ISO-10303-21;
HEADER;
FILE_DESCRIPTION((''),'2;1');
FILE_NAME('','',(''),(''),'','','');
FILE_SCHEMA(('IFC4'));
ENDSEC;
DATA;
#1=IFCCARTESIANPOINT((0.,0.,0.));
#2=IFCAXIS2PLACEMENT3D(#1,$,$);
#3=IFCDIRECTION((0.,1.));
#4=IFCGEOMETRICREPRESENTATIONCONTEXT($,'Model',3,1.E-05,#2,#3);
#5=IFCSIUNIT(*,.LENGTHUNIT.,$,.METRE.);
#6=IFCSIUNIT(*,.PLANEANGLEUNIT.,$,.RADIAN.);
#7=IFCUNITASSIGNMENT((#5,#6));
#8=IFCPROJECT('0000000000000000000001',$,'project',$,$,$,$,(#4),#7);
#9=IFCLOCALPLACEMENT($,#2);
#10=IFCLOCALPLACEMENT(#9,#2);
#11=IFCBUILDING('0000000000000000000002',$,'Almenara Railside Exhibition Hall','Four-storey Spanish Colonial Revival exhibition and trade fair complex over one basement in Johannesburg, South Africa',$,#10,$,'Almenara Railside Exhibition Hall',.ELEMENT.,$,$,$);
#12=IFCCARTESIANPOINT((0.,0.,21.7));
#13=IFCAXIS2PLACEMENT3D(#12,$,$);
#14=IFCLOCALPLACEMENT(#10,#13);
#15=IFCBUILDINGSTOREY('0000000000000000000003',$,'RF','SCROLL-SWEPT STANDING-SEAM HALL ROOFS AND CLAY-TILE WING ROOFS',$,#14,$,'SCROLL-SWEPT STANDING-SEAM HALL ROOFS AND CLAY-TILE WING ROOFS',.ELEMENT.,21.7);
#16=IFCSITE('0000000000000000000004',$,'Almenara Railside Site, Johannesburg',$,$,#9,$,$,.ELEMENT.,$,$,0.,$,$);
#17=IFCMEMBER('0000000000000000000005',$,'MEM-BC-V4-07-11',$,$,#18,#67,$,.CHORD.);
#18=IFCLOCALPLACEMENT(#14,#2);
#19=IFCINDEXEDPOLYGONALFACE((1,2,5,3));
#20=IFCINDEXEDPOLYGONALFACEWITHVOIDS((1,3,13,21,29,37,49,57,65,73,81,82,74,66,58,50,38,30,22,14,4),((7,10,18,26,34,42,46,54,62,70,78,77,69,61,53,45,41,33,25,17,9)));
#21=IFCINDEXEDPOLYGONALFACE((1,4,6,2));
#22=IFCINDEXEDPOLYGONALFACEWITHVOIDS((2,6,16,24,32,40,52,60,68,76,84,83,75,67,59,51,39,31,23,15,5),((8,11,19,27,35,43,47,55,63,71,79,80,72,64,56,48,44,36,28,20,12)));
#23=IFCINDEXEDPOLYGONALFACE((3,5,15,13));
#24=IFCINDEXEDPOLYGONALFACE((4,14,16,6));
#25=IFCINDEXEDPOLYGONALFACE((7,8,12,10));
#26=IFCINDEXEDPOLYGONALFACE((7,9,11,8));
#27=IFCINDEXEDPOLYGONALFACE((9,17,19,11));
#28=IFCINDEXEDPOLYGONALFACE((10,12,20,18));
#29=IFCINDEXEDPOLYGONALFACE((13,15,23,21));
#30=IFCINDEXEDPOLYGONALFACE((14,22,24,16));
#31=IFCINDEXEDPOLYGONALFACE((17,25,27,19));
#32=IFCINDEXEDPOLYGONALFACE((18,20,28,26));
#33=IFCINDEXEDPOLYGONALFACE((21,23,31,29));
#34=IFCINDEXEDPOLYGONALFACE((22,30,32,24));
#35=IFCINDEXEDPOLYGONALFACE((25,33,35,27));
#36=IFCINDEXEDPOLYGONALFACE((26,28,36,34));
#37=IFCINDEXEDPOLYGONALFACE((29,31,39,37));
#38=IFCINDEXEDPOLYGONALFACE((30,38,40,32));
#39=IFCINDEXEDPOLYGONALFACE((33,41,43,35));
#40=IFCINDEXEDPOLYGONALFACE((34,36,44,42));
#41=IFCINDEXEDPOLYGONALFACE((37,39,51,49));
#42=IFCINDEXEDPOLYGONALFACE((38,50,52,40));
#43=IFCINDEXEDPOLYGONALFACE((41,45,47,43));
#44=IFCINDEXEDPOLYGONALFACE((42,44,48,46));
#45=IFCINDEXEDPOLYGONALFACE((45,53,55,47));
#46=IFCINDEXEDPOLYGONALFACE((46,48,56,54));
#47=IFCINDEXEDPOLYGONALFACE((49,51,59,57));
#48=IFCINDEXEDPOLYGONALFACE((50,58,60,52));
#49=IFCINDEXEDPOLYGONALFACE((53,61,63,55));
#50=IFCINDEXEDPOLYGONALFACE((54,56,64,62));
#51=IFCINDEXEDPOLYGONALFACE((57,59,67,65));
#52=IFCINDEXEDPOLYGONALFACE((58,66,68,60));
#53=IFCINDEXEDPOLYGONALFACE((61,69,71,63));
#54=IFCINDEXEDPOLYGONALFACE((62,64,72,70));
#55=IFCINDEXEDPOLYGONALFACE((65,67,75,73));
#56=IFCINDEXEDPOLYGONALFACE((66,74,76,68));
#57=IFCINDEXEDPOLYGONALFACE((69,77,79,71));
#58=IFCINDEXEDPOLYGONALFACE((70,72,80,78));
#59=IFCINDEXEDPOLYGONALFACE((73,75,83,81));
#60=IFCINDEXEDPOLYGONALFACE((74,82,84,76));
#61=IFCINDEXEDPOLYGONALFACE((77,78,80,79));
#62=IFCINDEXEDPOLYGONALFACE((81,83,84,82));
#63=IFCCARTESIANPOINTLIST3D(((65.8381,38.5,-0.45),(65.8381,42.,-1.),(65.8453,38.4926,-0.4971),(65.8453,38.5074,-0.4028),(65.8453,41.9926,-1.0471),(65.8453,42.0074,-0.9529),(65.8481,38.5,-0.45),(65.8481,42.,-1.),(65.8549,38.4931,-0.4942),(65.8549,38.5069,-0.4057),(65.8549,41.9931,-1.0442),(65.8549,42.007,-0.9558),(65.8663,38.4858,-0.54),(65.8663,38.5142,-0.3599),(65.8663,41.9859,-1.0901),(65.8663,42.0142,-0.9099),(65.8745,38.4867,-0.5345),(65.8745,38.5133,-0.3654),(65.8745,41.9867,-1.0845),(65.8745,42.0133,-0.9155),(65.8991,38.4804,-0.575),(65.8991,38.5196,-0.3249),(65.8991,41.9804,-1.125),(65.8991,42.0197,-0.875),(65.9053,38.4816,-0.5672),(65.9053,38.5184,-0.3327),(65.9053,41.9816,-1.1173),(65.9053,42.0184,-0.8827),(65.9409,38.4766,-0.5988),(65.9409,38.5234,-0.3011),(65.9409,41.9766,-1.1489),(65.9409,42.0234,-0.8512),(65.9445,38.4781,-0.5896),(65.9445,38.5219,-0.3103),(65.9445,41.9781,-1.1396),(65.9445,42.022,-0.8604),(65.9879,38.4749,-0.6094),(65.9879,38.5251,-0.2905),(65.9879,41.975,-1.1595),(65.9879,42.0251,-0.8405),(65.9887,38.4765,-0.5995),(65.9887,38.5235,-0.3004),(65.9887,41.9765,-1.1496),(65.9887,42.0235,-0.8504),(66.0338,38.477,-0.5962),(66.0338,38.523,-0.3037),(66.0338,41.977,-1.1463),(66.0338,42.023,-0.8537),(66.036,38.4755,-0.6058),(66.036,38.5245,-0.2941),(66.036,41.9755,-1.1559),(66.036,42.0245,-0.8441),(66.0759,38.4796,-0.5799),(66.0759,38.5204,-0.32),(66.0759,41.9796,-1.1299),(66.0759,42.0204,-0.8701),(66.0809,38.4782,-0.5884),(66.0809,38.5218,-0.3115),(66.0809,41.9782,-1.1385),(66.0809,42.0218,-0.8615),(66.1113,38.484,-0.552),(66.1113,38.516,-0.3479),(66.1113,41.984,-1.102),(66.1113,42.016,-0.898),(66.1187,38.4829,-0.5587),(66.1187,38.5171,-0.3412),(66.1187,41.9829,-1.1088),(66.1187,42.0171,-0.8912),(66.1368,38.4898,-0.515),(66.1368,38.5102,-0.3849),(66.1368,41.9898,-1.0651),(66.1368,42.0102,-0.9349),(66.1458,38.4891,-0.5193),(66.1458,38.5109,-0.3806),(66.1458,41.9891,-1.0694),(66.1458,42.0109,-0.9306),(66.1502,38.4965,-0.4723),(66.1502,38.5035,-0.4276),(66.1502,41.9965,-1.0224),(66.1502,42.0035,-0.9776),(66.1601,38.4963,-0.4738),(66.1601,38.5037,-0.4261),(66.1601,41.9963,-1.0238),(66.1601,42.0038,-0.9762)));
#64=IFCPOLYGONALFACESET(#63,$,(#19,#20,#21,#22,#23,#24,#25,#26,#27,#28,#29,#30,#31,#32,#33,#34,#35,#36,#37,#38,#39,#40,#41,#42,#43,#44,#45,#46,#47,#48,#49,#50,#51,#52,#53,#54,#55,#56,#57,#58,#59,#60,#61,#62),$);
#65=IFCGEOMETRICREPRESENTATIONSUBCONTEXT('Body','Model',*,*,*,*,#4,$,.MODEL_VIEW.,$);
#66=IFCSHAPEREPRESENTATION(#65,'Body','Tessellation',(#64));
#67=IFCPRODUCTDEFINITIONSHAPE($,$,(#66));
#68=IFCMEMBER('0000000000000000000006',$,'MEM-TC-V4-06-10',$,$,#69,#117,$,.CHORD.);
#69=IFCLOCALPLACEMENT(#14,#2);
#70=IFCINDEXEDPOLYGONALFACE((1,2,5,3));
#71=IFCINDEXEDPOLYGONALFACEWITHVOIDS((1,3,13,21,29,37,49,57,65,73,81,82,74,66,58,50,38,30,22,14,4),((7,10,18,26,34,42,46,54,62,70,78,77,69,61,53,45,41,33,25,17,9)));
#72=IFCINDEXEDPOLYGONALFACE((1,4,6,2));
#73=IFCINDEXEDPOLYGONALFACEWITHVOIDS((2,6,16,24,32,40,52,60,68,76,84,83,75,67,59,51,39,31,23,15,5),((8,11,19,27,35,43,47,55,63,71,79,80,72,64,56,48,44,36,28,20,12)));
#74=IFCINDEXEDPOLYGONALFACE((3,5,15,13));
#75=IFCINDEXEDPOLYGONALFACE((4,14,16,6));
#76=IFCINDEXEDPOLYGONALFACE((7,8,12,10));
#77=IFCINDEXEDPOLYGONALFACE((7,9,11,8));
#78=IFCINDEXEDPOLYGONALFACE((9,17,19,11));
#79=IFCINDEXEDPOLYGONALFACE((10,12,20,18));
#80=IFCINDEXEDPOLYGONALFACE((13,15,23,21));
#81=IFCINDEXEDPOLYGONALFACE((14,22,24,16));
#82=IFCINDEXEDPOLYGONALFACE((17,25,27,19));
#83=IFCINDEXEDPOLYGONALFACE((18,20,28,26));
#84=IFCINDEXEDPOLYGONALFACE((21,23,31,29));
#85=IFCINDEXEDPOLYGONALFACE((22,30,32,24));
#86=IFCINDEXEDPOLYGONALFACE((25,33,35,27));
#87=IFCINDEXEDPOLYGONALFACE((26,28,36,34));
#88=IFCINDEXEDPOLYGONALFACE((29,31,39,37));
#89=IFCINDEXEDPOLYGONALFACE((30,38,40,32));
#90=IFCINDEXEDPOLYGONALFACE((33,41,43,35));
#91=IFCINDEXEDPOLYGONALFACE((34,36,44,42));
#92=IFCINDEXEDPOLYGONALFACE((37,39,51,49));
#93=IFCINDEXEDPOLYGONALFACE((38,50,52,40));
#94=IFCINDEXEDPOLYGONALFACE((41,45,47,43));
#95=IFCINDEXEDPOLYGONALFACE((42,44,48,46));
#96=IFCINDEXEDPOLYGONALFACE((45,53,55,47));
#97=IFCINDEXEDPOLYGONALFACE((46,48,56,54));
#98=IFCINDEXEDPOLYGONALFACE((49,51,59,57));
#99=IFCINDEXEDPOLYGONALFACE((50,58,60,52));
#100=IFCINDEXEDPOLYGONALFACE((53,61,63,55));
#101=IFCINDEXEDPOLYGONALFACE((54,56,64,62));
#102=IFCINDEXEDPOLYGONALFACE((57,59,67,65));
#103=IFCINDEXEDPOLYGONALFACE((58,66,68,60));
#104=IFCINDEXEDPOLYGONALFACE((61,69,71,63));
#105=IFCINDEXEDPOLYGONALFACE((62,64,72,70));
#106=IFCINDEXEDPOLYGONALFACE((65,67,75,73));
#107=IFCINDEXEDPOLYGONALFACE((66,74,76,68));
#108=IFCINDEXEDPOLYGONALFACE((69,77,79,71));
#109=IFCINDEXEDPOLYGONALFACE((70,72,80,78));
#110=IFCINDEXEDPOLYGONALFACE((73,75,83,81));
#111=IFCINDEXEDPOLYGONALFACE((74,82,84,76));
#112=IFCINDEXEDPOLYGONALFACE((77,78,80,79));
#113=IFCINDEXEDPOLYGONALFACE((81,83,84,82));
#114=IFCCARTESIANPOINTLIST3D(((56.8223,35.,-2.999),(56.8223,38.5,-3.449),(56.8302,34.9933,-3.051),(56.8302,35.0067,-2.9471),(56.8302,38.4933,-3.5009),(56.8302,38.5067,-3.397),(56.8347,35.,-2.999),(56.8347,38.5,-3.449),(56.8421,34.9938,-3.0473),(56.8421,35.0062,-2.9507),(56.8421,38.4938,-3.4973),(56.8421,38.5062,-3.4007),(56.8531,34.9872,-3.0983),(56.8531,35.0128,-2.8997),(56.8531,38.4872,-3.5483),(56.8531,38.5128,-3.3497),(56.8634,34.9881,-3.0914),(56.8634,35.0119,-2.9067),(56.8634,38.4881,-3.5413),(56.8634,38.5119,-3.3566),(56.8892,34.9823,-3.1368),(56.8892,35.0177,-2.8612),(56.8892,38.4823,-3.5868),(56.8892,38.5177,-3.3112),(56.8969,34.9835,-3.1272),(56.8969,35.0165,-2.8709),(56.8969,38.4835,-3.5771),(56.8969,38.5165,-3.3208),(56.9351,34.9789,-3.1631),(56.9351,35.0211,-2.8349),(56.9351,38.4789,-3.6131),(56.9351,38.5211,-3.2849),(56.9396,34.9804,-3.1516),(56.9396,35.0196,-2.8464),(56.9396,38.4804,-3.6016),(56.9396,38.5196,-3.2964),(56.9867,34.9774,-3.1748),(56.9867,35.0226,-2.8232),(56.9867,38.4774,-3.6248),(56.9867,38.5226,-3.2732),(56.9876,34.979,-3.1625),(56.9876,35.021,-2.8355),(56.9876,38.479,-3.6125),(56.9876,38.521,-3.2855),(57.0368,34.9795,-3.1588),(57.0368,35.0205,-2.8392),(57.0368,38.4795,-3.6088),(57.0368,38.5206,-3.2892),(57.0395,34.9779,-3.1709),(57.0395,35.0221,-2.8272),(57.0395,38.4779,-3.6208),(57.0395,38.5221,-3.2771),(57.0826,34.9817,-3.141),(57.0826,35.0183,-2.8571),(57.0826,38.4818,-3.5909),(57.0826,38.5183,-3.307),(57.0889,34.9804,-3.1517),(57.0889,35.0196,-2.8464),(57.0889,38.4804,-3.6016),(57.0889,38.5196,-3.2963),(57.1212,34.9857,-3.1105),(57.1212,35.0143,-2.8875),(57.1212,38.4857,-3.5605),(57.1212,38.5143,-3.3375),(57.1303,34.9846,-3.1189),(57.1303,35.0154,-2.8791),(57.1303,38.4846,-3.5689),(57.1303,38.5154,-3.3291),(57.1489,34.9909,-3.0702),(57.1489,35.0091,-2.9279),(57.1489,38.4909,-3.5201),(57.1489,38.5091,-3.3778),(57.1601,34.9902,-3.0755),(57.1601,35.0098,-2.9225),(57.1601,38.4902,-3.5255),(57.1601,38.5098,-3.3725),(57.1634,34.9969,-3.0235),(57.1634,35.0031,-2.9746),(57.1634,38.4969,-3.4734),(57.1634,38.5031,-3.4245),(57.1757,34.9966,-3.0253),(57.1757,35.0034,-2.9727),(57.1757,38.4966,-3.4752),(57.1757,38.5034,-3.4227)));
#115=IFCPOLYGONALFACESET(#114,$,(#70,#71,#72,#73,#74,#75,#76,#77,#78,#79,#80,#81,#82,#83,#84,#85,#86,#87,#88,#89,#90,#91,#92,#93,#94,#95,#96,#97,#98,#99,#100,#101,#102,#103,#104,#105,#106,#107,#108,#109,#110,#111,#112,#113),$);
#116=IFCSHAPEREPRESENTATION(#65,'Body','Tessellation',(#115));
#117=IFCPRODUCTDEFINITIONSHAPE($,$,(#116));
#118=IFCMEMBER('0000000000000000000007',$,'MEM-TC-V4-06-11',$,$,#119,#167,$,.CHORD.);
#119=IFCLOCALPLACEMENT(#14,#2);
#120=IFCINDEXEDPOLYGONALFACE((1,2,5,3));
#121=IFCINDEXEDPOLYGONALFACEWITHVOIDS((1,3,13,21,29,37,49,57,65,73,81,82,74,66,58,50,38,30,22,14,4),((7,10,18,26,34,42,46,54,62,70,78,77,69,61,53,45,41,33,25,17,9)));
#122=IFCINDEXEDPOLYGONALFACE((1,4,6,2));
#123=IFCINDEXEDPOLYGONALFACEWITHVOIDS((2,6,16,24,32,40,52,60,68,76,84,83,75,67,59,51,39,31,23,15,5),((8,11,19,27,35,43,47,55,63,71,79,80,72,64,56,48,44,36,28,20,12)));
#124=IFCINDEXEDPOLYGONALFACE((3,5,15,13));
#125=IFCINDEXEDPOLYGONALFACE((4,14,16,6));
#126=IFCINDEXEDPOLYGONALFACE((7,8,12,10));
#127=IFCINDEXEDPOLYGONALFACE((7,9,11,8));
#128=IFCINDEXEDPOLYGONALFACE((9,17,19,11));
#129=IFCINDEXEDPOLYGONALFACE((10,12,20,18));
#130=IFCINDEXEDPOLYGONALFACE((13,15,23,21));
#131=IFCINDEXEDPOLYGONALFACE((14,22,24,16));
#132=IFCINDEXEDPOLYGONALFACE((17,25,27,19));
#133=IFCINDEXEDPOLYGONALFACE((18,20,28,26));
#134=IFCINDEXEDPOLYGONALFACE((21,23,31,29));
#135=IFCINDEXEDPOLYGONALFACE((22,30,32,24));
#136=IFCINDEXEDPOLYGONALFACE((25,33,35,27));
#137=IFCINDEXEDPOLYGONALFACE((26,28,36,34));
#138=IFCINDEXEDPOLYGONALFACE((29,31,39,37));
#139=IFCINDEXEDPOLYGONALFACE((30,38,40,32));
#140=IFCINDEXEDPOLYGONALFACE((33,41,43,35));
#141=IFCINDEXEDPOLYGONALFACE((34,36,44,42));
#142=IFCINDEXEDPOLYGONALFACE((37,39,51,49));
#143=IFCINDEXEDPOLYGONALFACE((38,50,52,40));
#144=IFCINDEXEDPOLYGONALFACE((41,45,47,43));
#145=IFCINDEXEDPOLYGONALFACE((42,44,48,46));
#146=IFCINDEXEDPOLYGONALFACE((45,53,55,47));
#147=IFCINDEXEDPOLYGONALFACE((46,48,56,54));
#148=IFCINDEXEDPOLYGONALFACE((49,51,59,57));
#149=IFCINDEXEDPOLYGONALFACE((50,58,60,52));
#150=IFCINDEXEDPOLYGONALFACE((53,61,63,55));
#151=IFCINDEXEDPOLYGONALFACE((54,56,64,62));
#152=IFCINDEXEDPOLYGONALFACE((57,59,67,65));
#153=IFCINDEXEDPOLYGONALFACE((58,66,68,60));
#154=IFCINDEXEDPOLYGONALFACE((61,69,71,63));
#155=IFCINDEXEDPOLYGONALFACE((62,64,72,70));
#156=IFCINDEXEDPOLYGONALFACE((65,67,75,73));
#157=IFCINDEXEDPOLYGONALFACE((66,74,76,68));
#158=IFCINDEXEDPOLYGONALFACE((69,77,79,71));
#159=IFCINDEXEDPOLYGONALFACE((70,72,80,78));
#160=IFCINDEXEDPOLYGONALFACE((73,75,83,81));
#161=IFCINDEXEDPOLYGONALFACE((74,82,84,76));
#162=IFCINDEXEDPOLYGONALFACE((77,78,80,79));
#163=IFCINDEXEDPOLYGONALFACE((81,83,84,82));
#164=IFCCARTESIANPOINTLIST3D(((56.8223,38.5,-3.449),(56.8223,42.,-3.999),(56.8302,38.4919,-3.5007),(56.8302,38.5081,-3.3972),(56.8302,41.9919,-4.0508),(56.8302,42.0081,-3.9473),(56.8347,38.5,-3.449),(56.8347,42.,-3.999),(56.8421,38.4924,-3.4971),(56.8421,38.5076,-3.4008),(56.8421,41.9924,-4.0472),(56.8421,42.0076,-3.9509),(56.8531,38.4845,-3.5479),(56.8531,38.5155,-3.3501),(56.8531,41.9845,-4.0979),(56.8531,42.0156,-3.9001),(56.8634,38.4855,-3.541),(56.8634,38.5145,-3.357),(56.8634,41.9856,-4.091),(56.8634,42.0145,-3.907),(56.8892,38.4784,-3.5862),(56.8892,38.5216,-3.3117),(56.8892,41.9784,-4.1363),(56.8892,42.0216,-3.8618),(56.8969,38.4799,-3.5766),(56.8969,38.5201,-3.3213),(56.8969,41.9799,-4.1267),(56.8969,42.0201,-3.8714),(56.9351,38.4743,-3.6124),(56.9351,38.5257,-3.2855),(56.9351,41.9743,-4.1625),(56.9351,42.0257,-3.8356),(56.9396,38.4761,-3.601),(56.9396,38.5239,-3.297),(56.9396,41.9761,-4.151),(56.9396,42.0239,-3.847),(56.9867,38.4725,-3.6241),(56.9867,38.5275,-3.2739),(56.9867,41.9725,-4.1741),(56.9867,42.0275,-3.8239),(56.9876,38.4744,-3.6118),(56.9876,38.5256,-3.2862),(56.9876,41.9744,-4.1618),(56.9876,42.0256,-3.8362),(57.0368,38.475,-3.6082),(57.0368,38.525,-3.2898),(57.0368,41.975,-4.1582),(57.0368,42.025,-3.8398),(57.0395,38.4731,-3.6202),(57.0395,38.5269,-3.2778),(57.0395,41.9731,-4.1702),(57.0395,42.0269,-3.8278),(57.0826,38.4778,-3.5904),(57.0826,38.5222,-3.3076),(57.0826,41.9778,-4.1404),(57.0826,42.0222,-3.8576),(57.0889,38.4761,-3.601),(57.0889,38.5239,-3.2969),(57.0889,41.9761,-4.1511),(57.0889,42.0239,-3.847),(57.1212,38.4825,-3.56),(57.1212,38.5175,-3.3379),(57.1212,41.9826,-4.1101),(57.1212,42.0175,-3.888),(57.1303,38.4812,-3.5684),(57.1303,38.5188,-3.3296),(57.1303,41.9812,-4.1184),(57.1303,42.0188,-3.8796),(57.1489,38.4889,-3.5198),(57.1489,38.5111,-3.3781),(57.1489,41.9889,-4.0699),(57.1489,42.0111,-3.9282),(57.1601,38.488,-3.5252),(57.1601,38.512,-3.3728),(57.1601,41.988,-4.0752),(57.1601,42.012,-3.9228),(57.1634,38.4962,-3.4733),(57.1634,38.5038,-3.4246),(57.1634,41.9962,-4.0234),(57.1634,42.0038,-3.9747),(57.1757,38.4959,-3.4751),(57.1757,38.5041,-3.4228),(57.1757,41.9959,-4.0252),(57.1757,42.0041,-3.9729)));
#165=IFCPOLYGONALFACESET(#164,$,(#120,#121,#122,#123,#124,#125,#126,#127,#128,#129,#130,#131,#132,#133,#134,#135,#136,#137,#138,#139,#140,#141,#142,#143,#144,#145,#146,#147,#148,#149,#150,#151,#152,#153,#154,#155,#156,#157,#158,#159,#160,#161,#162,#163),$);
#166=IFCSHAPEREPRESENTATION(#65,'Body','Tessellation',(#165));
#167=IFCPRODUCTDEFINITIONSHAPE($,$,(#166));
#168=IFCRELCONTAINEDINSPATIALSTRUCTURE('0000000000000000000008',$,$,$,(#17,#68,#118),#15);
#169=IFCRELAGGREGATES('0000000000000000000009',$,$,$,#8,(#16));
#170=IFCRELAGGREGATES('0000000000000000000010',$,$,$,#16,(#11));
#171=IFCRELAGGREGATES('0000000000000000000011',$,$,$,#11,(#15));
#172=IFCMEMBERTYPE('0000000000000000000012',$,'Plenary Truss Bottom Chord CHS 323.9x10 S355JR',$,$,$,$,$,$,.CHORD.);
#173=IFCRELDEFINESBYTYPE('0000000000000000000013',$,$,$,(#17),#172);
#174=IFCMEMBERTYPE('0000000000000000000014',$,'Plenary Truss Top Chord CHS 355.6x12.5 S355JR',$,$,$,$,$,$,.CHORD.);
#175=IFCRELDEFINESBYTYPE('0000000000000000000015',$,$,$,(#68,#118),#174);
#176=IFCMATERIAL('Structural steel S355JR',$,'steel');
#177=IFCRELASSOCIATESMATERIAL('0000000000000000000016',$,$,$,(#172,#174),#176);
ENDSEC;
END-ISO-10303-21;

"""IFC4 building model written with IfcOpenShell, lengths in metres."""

from ifc_helpers import new_model, si_unit, direction, frame, origin, origin_2d, place, context, subcontext, project, spatial, hollow_circle, extrude, material, material_profile, profile_set, type_object, element, save


model = new_model("IFC4")

# Units and contexts
model_context = context("Model", 3, precision=1e-05, world=origin(), true_north=direction((0.0, 1.0)))
body_context = subcontext(model_context, "Body", "Model", "MODEL_VIEW")
ifc_project = project(units=[si_unit("LENGTHUNIT", "METRE"), si_unit("PLANEANGLEUNIT", "RADIAN")], contexts=[model_context])

# Site, building, storey
site_placement = place(None, origin())
site = spatial("IfcSite", under=ifc_project, at=site_placement, Name="Almenara Railside Site, Johannesburg", CompositionType="ELEMENT", RefElevation=0.0)
building_placement = place(site_placement, origin())
building = spatial("IfcBuilding", under=site, at=building_placement, Name="Almenara Railside Exhibition Hall", Description="Four-storey Spanish Colonial Revival exhibition and trade fair complex over one basement in Johannesburg, South Africa", LongName="Almenara Railside Exhibition Hall", CompositionType="ELEMENT")
storey_placement = place(building_placement, frame((0.0, 0.0, 21.7)))
storey = spatial("IfcBuildingStorey", under=building, at=storey_placement, Name="RF", Description="SCROLL-SWEPT STANDING-SEAM HALL ROOFS AND CLAY-TILE WING ROOFS", LongName="SCROLL-SWEPT STANDING-SEAM HALL ROOFS AND CLAY-TILE WING ROOFS", CompositionType="ELEMENT", Elevation=21.7)

# Shared definitions
ifc_material_1 = material(Name="Structural steel S355JR", Category="steel")

# Members
ifc_material_profile_1 = material_profile(ifc_material_1, hollow_circle(Radius=0.1619, WallThickness=0.01, at=origin_2d()), Name="CHS 323.9x10")
ifc_profile_set_1 = profile_set([ifc_material_profile_1], Name="Structural steel S355JR")
member_type_1 = type_object("IfcMemberType", Name="Plenary Truss Bottom Chord CHS 323.9x10 S355JR", PredefinedType="CHORD", material=ifc_profile_set_1)
member_1_placement = place(storey_placement, frame((66.0, 38.5, -0.45), z_axis=(0.0, 0.987875, -0.155251), x_axis=(-1.0, 0.0, 0.0)))
element("IfcMember", 1, at=member_1_placement, inside=storey, type_object=member_type_1, Name="MEM-BC-V4-07-11", PredefinedType="CHORD", context=body_context, shape_type="SweptSolid", body=[
    extrude(hollow_circle(Radius=0.1619, WallThickness=0.01, at=origin_2d()), origin(), (0.0, 0.0, 1.0), 3.543),
])
ifc_material_profile_2 = material_profile(ifc_material_1, hollow_circle(Radius=0.1777, WallThickness=0.0125, at=origin_2d()), Name="CHS 355.6x12.5")
ifc_profile_set_2 = profile_set([ifc_material_profile_2], Name="Structural steel S355JR")
member_type_2 = type_object("IfcMemberType", Name="Plenary Truss Top Chord CHS 355.6x12.5 S355JR", PredefinedType="CHORD", material=ifc_profile_set_2)
member_2_placement = place(storey_placement, frame((57.0, 35.0, -2.999), z_axis=(0.0, 0.991838, -0.127508), x_axis=(-1.0, 0.0, 0.0)))
element("IfcMember", 2, at=member_2_placement, inside=storey, type_object=member_type_2, Name="MEM-TC-V4-06-10", PredefinedType="CHORD", context=body_context, shape_type="SweptSolid", body=[
    extrude(hollow_circle(Radius=0.1777, WallThickness=0.0125, at=origin_2d()), origin(), (0.0, 0.0, 1.0), 3.5288),
])
member_3_placement = place(storey_placement, frame((57.0, 38.5, -3.449), z_axis=(0.0, 0.987875, -0.155251), x_axis=(-1.0, 0.0, 0.0)))
element("IfcMember", 3, at=member_3_placement, inside=storey, type_object=member_type_2, Name="MEM-TC-V4-06-11", PredefinedType="CHORD", context=body_context, shape_type="SweptSolid", body=[
    extrude(hollow_circle(Radius=0.1777, WallThickness=0.0125, at=origin_2d()), origin(), (0.0, 0.0, 1.0), 3.543),
])

save(model, "model.ifc")
